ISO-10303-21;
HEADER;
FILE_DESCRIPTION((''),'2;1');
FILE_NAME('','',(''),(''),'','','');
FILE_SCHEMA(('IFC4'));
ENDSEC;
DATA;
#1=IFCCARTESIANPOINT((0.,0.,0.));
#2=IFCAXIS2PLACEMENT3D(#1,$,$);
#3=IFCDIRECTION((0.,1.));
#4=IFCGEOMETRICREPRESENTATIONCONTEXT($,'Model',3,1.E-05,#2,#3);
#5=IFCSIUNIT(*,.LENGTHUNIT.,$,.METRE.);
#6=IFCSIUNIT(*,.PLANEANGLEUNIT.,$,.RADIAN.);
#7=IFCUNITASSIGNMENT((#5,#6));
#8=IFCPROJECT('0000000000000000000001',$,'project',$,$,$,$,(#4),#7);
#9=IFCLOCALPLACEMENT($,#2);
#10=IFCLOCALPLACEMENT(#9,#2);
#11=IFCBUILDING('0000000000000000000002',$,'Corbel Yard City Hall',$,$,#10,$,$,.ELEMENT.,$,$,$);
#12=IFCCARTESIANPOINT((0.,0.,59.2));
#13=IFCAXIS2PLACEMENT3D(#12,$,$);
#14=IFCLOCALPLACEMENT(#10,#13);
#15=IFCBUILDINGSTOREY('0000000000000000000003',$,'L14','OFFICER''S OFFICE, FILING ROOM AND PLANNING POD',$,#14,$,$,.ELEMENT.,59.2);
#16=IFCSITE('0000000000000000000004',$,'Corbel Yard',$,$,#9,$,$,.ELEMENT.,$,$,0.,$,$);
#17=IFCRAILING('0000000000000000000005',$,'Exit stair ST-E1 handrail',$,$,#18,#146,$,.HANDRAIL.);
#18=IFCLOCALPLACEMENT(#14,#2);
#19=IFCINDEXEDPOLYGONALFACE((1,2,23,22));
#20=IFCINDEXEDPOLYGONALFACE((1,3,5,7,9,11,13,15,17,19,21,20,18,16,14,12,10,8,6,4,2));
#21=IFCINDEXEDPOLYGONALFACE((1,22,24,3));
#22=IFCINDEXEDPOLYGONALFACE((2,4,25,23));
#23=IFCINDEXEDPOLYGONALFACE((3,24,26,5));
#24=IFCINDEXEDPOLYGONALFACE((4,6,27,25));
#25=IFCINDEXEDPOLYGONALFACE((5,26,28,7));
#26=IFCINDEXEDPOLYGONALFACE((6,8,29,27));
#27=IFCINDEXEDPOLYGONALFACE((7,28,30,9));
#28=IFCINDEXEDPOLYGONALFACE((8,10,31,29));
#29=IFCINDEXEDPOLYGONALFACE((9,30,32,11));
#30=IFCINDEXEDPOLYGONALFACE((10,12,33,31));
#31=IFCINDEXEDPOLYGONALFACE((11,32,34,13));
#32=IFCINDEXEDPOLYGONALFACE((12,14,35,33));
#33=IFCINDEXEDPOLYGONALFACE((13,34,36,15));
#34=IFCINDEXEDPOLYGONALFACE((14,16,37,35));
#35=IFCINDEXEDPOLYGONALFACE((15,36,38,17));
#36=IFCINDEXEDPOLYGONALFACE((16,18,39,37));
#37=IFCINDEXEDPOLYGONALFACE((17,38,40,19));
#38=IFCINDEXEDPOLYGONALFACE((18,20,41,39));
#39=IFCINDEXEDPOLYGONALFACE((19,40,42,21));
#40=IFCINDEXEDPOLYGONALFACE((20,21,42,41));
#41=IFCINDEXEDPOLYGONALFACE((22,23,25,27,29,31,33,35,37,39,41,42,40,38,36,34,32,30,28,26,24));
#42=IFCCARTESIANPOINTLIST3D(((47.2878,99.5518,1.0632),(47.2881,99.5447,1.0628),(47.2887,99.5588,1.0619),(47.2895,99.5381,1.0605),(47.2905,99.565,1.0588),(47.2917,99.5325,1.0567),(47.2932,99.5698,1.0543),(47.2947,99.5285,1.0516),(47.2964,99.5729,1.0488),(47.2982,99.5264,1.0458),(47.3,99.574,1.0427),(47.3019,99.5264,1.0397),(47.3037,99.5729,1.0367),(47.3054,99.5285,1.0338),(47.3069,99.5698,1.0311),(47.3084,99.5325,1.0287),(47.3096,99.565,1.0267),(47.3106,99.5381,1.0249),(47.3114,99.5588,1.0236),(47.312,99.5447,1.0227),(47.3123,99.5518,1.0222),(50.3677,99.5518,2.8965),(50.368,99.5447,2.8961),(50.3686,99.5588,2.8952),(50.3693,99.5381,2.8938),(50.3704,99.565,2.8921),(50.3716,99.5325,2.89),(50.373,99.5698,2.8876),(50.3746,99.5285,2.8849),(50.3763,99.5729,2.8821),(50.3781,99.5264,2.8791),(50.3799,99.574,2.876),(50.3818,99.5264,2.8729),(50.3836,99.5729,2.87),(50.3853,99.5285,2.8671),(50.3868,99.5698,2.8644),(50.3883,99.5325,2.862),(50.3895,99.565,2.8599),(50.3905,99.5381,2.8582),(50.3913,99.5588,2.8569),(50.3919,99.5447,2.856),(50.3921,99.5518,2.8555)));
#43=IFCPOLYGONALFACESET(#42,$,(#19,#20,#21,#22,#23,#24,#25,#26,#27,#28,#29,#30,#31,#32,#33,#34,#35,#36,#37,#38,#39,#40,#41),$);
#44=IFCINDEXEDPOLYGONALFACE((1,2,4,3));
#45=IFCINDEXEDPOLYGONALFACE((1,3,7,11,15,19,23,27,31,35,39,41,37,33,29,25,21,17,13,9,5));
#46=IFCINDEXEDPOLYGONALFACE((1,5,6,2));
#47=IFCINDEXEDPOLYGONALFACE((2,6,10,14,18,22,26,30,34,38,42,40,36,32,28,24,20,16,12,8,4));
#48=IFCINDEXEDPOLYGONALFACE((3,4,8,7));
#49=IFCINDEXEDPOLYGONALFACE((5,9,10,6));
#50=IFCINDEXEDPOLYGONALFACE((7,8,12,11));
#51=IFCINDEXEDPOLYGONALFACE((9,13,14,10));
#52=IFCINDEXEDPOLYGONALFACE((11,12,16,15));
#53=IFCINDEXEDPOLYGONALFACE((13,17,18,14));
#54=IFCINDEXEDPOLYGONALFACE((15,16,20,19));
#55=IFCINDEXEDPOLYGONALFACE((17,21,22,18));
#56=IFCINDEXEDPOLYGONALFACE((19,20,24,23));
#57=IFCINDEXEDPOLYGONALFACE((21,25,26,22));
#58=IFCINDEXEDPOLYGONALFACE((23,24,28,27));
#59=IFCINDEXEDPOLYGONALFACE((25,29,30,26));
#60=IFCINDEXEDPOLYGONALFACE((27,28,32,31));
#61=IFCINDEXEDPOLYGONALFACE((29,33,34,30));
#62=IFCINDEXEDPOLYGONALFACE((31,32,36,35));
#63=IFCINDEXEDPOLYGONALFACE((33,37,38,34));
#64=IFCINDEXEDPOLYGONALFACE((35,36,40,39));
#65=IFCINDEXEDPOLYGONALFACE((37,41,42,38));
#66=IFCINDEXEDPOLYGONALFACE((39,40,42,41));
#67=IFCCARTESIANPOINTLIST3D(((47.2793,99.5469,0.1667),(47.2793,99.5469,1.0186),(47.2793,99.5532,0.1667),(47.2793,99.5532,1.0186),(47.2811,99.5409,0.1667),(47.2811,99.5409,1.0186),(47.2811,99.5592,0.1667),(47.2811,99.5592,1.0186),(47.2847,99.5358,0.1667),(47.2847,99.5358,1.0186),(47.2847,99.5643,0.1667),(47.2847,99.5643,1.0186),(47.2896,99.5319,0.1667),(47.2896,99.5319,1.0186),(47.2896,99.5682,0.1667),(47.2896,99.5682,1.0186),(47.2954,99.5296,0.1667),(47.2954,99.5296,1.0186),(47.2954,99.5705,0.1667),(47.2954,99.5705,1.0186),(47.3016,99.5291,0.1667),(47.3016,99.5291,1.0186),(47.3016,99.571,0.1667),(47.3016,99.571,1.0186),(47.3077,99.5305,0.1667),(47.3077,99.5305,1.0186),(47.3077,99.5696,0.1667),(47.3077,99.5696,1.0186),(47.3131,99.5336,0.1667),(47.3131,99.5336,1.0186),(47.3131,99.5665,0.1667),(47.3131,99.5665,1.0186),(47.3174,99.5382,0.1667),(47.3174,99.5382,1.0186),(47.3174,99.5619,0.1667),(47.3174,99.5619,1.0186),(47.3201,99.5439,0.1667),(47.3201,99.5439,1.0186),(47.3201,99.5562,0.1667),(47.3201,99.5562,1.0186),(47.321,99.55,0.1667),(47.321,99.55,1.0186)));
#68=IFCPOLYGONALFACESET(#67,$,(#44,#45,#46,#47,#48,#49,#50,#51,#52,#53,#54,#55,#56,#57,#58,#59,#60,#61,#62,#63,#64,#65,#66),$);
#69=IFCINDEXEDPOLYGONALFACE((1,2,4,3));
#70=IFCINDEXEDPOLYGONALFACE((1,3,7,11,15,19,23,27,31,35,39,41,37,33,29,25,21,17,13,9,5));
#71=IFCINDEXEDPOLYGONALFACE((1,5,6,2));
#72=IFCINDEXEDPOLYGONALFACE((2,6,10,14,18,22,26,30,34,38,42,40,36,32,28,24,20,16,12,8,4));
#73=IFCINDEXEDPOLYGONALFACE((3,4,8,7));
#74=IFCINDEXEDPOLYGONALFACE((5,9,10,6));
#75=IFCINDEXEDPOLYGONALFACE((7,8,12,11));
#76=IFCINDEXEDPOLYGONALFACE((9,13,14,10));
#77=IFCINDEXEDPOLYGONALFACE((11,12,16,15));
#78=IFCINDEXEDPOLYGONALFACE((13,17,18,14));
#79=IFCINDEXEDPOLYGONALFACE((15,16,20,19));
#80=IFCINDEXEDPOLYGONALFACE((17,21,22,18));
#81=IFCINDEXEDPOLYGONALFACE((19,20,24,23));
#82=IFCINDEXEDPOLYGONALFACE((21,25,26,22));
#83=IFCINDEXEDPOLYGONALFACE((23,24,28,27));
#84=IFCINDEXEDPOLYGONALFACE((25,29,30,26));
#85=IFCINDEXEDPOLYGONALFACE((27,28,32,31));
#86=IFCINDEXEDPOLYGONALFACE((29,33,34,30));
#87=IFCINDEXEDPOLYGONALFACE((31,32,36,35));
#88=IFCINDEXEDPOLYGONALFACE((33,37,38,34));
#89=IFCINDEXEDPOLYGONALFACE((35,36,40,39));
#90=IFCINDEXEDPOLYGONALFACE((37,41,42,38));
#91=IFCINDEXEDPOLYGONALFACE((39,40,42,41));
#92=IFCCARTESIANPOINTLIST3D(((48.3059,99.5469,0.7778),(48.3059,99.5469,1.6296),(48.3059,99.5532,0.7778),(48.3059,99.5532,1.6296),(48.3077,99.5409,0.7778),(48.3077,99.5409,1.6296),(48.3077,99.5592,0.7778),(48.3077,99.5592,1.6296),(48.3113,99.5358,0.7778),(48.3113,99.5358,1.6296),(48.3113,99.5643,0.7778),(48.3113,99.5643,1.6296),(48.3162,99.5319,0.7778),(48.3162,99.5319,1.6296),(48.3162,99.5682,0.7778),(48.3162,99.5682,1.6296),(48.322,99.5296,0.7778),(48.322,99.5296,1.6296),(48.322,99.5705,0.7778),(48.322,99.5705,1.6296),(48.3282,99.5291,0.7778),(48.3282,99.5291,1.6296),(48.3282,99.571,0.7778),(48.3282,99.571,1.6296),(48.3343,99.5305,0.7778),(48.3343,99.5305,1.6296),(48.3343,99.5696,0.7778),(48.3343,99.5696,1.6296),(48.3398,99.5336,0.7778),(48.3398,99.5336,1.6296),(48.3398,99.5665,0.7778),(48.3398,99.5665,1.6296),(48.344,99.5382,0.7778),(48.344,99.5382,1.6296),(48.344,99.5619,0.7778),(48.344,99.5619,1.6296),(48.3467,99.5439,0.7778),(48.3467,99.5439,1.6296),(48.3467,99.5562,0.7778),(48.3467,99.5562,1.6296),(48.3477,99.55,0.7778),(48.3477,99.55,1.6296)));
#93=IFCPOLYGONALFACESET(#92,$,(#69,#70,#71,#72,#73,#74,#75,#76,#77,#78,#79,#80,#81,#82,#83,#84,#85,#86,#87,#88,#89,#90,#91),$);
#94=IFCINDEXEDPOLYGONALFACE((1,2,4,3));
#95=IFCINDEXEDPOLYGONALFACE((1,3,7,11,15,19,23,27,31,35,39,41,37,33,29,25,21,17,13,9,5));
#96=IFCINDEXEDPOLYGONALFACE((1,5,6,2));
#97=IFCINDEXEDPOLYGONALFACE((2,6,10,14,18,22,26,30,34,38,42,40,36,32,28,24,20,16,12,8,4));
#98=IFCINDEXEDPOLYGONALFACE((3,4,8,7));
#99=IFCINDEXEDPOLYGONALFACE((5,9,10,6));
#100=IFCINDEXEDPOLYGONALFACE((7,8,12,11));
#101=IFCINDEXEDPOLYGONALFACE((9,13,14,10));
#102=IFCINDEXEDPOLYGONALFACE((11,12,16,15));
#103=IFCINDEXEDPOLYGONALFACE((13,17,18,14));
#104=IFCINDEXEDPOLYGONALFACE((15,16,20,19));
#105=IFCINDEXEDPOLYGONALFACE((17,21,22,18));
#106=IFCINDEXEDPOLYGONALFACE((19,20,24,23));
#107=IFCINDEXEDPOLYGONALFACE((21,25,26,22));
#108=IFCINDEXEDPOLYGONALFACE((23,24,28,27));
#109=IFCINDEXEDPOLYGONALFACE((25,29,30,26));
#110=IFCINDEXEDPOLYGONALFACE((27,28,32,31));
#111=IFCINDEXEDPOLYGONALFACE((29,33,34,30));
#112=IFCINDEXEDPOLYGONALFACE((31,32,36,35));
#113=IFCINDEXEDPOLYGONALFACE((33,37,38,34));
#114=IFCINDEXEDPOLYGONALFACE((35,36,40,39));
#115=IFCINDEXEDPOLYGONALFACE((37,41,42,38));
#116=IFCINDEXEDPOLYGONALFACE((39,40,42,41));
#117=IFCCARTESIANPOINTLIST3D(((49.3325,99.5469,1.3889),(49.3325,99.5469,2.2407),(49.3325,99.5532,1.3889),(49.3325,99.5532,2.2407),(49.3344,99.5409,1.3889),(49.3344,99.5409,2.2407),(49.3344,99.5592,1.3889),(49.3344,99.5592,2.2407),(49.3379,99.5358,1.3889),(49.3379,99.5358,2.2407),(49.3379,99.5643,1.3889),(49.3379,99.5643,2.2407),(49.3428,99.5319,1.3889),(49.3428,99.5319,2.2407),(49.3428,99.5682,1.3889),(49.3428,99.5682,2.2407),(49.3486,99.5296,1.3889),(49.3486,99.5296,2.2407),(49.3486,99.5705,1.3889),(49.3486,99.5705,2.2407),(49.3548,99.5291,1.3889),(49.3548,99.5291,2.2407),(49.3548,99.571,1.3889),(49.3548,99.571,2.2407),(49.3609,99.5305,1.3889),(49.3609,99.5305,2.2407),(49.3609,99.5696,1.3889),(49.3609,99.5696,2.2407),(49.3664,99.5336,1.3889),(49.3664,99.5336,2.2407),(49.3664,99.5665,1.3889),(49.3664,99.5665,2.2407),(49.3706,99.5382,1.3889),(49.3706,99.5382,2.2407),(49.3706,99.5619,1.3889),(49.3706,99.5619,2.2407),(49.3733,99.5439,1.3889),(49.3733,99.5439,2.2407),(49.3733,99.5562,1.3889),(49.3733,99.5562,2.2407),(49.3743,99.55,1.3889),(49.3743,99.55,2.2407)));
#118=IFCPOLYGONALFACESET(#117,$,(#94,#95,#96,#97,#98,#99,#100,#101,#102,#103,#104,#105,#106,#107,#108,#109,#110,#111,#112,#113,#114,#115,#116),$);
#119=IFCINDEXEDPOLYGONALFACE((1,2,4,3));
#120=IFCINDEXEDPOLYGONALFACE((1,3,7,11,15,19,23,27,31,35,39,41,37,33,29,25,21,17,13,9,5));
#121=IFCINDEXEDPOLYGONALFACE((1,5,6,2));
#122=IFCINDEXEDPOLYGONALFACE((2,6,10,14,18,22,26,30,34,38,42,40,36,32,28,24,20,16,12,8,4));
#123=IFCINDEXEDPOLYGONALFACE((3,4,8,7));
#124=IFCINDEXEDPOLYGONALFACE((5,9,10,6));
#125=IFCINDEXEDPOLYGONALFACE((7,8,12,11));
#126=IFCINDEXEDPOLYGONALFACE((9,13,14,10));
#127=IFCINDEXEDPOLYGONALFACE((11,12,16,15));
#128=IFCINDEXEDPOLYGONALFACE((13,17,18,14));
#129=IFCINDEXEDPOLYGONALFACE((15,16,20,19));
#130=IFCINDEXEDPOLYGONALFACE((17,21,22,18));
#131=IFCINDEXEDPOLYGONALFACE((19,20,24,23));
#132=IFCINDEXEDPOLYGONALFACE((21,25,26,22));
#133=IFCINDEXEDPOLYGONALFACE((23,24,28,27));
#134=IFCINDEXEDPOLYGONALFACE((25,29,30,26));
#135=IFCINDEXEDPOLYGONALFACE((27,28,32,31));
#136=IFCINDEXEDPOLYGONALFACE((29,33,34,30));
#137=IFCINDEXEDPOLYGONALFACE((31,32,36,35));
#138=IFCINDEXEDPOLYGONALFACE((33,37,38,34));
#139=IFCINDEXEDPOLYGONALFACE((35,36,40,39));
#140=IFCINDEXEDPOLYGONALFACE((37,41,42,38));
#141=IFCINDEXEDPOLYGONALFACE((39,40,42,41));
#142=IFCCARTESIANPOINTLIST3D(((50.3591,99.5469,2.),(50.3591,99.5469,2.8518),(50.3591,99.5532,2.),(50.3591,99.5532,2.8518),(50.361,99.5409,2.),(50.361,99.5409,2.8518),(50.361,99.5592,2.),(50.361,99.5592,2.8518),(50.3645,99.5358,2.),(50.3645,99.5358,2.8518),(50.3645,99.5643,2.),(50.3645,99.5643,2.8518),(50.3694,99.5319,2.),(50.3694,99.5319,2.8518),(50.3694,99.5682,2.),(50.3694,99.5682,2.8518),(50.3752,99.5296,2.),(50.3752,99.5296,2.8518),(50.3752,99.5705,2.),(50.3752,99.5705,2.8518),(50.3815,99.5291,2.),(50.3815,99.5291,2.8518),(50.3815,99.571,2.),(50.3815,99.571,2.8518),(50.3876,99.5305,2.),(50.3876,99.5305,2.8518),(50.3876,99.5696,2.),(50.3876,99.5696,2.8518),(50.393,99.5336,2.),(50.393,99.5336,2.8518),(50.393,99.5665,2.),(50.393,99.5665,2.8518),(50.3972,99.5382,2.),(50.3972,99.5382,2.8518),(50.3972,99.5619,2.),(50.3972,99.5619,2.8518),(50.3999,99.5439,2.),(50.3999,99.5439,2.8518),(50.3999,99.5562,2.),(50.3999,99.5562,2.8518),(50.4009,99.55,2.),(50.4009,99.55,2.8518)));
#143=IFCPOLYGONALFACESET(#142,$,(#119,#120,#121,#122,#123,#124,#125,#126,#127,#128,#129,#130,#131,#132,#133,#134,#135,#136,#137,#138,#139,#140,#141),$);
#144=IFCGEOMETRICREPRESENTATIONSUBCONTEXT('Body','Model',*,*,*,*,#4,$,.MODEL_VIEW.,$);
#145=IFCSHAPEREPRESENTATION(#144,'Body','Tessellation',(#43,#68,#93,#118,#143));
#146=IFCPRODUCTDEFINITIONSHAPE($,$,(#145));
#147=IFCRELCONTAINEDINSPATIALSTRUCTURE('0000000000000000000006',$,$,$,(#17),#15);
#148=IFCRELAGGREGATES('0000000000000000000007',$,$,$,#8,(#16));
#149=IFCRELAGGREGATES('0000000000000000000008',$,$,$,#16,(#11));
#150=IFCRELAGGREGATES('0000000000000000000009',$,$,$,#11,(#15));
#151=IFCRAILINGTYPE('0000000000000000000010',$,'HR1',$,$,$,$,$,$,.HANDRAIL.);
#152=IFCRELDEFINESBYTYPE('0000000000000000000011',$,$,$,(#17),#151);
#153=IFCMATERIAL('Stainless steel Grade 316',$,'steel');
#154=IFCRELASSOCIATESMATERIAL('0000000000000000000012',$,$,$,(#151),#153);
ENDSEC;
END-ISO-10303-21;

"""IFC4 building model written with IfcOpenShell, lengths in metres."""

from ifc_helpers import new_model, si_unit, direction, frame, origin, origin_2d, place, context, subcontext, project, spatial, circle, extrude, material, type_object, element, save


model = new_model("IFC4")

# Units and contexts
model_context = context("Model", 3, precision=1e-05, world=origin(), true_north=direction((0.0, 1.0)))
body_context = subcontext(model_context, "Body", "Model", "MODEL_VIEW")
ifc_project = project(units=[si_unit("LENGTHUNIT", "METRE"), si_unit("PLANEANGLEUNIT", "RADIAN")], contexts=[model_context])

# Site, building, storey
site_placement = place(None, origin())
site = spatial("IfcSite", under=ifc_project, at=site_placement, Name="Corbel Yard", CompositionType="ELEMENT", RefElevation=0.0)
building_placement = place(site_placement, origin())
building = spatial("IfcBuilding", under=site, at=building_placement, Name="Corbel Yard City Hall", CompositionType="ELEMENT")
storey_placement = place(building_placement, frame((0.0, 0.0, 59.2)))
storey = spatial("IfcBuildingStorey", under=building, at=storey_placement, Name="L14", Description="OFFICER'S OFFICE, FILING ROOM AND PLANNING POD", CompositionType="ELEMENT", Elevation=59.2)

# Railing
ifc_material_1 = material(Name="Stainless steel Grade 316", Category="steel")
railing_type = type_object("IfcRailingType", Name="HR1", PredefinedType="HANDRAIL", material=ifc_material_1)
for number, where, name in (
    (1, (47.3, 99.55, 0.1667), "Exit stair ST-E1 handrail"),
):
    element("IfcRailing", number, at=place(storey_placement, frame(where)), inside=storey, type_object=railing_type, Name=name, PredefinedType="HANDRAIL", context=body_context, shape_type="SweptSolid", body=[
        extrude(circle(Radius=0.0239, at=origin_2d()), frame((0.0, 0.0, 0.876), z_axis=(0.859291, 0.0, 0.511487), x_axis=(0.0, 1.0, 0.0)), (0.0, 0.0, 1.0), 3.5842),
        extrude(circle(Radius=0.021, at=origin_2d()), origin(), (0.0, 0.0, 1.0), 0.8518),
        extrude(circle(Radius=0.021, at=origin_2d()), frame((1.0266, 0.0, 0.6111)), (0.0, 0.0, 1.0), 0.8518),
        extrude(circle(Radius=0.021, at=origin_2d()), frame((2.0532, 0.0, 1.2222)), (0.0, 0.0, 1.0), 0.8518),
        extrude(circle(Radius=0.021, at=origin_2d()), frame((3.0798, 0.0, 1.8333)), (0.0, 0.0, 1.0), 0.8518),
    ])

save(model, "model.ifc")
